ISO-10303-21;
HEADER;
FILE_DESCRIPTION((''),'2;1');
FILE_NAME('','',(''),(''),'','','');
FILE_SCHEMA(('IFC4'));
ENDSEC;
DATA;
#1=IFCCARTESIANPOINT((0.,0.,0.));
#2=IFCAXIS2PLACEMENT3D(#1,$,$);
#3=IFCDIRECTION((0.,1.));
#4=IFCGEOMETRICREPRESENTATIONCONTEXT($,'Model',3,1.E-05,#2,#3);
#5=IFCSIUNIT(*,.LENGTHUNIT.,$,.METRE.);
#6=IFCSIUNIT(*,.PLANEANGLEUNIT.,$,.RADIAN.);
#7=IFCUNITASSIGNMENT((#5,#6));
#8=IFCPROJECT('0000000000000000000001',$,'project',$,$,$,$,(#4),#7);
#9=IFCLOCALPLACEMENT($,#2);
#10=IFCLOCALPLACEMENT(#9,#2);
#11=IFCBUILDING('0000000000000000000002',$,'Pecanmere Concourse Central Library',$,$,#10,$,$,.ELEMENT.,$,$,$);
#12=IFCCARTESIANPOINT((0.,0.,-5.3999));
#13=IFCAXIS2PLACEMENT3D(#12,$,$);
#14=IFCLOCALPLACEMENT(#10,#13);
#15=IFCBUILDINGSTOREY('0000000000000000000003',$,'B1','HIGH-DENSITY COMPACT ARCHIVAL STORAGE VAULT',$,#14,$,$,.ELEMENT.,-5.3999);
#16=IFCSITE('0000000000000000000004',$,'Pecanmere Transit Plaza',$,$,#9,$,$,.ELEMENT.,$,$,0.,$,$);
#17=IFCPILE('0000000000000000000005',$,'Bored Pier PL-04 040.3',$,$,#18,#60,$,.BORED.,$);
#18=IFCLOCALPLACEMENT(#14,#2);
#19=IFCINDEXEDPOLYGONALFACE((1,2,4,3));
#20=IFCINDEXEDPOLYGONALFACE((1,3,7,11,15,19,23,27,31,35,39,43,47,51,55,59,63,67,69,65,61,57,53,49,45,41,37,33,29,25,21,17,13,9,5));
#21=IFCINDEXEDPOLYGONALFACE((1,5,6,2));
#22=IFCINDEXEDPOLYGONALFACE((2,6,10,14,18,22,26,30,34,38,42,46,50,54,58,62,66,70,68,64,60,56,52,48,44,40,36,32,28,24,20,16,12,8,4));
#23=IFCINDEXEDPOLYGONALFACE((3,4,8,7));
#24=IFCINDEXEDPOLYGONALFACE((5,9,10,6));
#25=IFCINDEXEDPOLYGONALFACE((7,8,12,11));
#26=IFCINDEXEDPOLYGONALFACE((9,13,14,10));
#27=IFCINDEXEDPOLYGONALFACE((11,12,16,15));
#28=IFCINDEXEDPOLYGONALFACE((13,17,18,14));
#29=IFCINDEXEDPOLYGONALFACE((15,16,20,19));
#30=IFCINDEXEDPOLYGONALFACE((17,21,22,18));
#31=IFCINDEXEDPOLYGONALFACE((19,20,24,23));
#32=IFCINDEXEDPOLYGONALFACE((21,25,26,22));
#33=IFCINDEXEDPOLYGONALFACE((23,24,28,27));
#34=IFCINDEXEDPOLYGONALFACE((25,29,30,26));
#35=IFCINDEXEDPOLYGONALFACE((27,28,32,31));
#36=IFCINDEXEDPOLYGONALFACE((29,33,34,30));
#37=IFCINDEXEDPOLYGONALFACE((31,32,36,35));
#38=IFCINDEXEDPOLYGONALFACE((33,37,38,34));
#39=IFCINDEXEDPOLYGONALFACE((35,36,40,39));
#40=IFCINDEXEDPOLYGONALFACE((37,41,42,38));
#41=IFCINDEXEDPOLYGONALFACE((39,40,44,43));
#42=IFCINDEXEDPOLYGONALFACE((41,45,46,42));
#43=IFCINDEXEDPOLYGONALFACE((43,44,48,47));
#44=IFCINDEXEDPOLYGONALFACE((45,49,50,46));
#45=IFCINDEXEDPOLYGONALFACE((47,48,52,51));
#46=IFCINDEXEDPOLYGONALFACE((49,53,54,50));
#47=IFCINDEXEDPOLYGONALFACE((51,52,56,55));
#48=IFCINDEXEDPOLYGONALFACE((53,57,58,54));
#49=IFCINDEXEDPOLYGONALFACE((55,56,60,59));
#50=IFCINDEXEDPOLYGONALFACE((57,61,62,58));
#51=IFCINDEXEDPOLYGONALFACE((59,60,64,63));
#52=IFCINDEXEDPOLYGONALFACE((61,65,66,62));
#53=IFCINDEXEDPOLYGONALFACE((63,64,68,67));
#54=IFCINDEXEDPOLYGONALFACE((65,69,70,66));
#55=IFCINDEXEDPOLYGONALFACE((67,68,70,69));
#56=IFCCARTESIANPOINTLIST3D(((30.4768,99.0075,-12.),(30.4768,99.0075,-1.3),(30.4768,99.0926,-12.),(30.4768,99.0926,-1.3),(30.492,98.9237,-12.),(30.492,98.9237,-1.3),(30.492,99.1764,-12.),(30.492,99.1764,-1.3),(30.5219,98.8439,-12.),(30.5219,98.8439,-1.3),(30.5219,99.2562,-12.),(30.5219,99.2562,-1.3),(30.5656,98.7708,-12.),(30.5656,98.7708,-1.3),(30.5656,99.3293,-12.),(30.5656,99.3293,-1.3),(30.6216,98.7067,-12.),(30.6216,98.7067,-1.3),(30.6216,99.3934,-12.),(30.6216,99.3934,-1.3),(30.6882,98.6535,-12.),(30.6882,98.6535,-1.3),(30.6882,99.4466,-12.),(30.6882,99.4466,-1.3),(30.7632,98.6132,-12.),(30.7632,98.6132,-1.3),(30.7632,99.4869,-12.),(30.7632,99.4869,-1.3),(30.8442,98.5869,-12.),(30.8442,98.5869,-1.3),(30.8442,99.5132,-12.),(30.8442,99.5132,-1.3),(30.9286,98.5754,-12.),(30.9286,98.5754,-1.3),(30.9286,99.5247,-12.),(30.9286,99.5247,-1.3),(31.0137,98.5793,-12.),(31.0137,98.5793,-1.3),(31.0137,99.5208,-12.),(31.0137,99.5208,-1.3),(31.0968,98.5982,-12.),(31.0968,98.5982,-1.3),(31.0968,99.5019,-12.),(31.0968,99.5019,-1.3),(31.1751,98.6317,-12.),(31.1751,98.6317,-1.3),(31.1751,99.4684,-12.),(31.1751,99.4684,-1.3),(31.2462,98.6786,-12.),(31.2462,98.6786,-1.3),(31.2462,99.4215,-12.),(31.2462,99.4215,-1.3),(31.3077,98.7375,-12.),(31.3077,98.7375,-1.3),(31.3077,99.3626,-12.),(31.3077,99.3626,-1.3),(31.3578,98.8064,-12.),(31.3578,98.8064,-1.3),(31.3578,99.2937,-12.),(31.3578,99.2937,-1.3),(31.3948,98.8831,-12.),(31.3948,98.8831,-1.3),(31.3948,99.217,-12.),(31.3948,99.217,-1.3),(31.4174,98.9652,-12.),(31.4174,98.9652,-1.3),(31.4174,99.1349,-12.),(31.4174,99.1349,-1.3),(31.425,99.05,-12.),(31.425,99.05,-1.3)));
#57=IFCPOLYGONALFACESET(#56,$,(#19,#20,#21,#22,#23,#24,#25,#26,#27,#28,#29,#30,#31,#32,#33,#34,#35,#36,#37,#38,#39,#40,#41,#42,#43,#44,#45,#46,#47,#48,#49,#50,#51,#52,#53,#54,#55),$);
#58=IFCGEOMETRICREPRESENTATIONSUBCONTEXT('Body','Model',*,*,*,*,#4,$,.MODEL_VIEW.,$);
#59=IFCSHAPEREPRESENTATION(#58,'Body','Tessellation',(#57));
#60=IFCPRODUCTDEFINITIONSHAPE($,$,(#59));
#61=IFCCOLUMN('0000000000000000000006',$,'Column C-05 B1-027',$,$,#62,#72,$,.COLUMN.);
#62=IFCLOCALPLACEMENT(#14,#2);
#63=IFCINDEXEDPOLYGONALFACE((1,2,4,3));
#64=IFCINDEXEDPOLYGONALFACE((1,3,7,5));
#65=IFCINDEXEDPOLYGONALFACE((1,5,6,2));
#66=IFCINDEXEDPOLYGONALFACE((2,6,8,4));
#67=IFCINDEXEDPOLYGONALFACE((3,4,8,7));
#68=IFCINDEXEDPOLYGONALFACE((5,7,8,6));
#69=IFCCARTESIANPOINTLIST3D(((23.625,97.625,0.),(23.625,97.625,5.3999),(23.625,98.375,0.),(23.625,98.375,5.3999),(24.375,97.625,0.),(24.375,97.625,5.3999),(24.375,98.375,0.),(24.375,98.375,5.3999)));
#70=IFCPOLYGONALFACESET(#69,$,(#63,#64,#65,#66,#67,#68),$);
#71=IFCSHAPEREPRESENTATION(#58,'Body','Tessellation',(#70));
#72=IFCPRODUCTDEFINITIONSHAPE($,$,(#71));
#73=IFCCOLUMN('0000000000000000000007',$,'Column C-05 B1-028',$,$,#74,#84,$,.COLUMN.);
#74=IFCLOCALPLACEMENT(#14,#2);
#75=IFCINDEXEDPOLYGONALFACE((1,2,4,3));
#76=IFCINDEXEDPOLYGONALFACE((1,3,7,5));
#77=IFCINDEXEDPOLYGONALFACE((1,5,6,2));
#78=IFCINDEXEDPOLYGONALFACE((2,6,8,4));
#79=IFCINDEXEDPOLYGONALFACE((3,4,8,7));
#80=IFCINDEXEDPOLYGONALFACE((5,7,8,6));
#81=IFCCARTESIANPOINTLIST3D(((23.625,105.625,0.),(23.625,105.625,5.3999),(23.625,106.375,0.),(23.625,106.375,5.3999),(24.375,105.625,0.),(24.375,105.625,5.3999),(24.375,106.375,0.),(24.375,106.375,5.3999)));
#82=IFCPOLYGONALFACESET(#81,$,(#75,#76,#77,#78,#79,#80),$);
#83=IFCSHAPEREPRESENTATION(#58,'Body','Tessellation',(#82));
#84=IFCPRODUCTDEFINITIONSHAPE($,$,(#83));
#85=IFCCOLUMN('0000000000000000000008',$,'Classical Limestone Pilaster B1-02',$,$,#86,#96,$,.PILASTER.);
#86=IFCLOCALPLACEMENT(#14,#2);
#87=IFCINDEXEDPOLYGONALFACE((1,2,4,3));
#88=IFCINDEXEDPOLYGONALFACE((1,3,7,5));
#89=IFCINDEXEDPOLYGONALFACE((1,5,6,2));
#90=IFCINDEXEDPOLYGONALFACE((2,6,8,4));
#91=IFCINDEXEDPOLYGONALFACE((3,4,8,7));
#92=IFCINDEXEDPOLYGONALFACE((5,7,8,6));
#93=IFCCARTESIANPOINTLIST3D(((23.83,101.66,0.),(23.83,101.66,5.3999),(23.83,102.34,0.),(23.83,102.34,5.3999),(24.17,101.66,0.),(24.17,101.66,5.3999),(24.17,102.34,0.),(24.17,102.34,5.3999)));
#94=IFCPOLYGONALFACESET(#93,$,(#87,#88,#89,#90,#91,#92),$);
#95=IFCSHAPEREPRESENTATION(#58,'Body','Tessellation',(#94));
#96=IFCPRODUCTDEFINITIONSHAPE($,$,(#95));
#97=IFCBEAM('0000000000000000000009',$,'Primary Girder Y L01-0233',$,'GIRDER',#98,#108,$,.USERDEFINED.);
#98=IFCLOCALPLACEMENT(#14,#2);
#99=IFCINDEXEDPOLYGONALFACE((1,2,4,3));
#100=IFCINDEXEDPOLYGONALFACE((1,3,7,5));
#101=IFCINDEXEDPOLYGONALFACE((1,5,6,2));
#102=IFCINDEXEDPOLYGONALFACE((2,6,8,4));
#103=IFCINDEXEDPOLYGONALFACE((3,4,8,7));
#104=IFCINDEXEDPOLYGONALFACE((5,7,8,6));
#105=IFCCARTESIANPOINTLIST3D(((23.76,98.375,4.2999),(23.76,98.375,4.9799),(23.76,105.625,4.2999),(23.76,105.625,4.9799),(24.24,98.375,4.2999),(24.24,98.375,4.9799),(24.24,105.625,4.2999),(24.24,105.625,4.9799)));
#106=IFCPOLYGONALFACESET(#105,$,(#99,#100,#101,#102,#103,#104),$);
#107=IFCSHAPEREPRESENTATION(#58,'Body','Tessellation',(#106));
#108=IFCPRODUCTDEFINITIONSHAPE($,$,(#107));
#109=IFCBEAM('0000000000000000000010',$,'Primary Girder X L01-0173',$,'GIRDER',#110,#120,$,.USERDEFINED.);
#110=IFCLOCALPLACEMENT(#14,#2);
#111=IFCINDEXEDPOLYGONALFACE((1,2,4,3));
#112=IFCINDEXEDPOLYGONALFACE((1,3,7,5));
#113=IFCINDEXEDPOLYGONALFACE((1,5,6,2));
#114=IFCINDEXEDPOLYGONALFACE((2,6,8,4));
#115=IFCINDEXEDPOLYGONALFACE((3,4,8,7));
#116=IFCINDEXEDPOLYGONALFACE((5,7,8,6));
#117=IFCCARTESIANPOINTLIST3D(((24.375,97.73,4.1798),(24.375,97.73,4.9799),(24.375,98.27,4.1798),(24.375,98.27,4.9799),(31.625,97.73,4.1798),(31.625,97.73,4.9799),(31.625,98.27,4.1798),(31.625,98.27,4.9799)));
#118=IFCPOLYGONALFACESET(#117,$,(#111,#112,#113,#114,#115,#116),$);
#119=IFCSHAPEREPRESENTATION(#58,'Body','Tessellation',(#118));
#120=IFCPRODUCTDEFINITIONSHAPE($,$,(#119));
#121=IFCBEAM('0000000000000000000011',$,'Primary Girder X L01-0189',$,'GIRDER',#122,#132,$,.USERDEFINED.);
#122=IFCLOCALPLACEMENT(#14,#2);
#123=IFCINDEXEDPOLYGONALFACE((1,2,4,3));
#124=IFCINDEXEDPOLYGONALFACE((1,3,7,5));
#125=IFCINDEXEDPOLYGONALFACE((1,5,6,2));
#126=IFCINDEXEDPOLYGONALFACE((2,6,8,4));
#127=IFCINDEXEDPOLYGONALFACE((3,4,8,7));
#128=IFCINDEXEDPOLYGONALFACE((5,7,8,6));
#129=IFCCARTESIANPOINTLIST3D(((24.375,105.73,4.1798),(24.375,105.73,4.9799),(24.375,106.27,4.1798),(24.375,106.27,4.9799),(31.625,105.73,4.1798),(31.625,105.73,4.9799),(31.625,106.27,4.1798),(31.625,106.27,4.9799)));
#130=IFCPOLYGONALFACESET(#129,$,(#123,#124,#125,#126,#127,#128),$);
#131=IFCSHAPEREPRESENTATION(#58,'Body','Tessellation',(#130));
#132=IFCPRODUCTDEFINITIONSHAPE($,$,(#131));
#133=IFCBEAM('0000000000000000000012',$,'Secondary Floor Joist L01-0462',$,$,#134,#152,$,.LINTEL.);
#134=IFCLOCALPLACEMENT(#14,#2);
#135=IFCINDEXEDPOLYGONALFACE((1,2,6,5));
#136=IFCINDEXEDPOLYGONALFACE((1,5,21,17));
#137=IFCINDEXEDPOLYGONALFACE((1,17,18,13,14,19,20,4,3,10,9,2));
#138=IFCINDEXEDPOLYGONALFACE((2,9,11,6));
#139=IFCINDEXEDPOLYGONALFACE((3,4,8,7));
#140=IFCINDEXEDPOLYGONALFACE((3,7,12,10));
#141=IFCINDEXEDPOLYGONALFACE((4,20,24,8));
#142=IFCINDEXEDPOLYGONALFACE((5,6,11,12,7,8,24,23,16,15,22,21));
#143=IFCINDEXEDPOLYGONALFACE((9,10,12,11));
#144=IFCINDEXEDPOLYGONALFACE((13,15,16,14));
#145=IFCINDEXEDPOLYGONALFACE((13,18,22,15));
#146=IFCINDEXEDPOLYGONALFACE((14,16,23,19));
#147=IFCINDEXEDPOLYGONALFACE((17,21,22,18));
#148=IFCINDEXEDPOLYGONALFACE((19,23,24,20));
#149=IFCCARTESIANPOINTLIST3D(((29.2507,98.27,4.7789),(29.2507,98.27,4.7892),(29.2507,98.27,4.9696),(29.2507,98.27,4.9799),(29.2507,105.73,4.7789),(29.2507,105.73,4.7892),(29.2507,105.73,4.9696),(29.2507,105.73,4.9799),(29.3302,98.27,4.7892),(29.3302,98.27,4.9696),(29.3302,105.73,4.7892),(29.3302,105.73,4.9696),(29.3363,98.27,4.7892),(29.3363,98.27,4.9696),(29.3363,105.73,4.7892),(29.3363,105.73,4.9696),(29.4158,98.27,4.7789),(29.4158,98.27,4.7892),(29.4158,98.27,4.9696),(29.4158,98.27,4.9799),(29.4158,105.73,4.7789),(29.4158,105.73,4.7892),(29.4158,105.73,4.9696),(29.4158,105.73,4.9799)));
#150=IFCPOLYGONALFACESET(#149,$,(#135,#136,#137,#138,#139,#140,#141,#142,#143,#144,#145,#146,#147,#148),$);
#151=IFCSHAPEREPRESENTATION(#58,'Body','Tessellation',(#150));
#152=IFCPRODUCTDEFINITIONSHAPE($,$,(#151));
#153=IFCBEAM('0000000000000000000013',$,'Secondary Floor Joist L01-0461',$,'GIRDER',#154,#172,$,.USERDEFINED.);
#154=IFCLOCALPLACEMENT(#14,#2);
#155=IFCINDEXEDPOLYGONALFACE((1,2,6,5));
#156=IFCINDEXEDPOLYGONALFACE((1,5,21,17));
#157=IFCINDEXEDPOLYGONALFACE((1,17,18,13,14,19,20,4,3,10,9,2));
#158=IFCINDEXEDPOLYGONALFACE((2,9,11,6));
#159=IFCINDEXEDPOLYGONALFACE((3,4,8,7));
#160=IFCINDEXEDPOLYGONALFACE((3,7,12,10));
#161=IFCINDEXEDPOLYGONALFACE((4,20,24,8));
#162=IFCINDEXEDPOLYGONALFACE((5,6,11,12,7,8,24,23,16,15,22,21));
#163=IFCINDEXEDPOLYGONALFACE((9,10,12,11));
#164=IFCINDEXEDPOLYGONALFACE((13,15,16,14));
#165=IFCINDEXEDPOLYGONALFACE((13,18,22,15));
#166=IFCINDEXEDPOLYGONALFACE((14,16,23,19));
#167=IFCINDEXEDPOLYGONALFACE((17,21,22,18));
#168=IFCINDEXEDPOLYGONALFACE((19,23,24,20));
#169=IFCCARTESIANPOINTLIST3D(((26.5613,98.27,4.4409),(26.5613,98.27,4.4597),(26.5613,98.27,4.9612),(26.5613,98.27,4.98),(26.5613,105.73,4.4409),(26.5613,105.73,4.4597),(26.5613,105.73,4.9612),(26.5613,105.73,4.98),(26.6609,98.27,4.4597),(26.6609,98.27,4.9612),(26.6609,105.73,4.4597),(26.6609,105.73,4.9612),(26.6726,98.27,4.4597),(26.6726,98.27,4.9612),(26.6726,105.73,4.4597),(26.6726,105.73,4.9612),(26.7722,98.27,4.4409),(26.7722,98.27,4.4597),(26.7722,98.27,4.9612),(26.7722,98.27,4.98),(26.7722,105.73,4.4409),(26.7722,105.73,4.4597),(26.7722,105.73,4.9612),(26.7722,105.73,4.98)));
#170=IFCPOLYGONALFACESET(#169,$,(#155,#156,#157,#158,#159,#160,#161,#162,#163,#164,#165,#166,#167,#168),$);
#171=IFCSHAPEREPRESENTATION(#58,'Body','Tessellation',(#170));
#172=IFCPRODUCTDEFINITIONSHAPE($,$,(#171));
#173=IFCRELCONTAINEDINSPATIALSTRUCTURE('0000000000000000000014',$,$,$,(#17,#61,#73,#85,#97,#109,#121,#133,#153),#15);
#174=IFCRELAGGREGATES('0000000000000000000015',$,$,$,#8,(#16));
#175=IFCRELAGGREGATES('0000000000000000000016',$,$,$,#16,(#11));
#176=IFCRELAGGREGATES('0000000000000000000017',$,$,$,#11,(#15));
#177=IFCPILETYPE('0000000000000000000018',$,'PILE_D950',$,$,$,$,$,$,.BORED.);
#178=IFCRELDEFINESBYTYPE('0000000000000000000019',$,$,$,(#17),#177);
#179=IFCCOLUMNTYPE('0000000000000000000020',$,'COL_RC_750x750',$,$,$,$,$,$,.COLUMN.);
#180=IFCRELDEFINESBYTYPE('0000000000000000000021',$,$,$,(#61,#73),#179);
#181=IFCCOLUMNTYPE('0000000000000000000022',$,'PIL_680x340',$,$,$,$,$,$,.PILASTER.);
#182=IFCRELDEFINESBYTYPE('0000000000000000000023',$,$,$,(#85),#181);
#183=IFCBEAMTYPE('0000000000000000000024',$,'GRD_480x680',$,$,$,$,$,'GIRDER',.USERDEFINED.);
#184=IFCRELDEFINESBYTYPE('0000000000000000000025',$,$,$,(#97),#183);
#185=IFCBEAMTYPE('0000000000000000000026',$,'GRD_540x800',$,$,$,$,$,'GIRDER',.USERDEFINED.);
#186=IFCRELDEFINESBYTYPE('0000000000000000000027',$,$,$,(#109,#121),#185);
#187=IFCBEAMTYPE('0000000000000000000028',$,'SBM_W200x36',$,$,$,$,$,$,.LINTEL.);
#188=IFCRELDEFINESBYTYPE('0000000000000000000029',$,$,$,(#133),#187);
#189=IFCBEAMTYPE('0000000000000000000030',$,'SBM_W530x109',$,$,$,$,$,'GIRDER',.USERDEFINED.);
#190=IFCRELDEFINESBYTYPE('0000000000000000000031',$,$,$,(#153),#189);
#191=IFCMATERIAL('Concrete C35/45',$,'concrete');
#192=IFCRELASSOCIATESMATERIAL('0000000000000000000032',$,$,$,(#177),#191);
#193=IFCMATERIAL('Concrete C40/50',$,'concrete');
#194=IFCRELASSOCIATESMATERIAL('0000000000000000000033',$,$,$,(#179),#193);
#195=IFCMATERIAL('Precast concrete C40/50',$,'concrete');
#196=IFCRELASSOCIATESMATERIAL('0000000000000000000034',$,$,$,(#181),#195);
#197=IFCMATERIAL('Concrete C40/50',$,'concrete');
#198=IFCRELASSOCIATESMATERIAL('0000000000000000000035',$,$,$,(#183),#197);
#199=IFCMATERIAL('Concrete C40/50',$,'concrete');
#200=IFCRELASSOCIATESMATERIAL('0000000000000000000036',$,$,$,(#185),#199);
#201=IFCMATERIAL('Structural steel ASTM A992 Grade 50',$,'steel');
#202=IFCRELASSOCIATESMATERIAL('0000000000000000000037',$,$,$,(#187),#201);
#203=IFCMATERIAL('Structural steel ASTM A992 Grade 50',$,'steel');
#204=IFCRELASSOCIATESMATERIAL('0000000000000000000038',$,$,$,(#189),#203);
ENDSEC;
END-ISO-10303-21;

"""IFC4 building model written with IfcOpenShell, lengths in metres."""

from ifc_helpers import new_model, si_unit, direction, frame, origin, origin_2d, place, context, subcontext, project, spatial, rectangle, circle, i_section, extrude, material, material_profile, profile_set, type_object, element, save


model = new_model("IFC4")

# Units and contexts
model_context = context("Model", 3, precision=1e-05, world=origin(), true_north=direction((0.0, 1.0)))
body_context = subcontext(model_context, "Body", "Model", "MODEL_VIEW")
ifc_project = project(units=[si_unit("LENGTHUNIT", "METRE"), si_unit("PLANEANGLEUNIT", "RADIAN")], contexts=[model_context])

# Site, building, storey
site_placement = place(None, origin())
site = spatial("IfcSite", under=ifc_project, at=site_placement, Name="Pecanmere Transit Plaza", CompositionType="ELEMENT", RefElevation=0.0)
building_placement = place(site_placement, origin())
building = spatial("IfcBuilding", under=site, at=building_placement, Name="Pecanmere Concourse Central Library", CompositionType="ELEMENT")
storey_placement = place(building_placement, frame((0.0, 0.0, -5.3999)))
storey = spatial("IfcBuildingStorey", under=building, at=storey_placement, Name="B1", Description="HIGH-DENSITY COMPACT ARCHIVAL STORAGE VAULT", CompositionType="ELEMENT", Elevation=-5.3999)

# Pile
ifc_material_1 = material(Name="Concrete C35/45", Category="concrete")
ifc_material_profile_1 = material_profile(ifc_material_1, circle(Radius=0.4751, at=origin_2d()), Name="PIER D950")
ifc_profile_set_1 = profile_set([ifc_material_profile_1], Name="Concrete C35/45")
pile_type = type_object("IfcPileType", Name="PILE_D950", PredefinedType="BORED", material=ifc_profile_set_1)
for number, where, z_axis, x_axis, name in (
    (1, (30.95, 99.05, -1.3), (0.0, 0.0, -1.0), (1.0, 0.0, 0.0), "Bored Pier PL-04 040.3"),
):
    element("IfcPile", number, at=place(storey_placement, frame(where, z_axis=z_axis, x_axis=x_axis)), inside=storey, type_object=pile_type, Name=name, PredefinedType="BORED", context=body_context, shape_type="SweptSolid", body=[
        extrude(circle(Radius=0.4751, at=origin_2d()), origin(), (0.0, 0.0, 1.0), 10.7),
    ])

# Columns
ifc_material_2 = material(Name="Concrete C40/50", Category="concrete")
ifc_material_profile_2 = material_profile(ifc_material_2, rectangle(XDim=0.75, YDim=0.75, at=origin_2d()), Name="RC 750x750")
ifc_profile_set_2 = profile_set([ifc_material_profile_2], Name="Concrete C40/50")
column_type_1 = type_object("IfcColumnType", Name="COL_RC_750x750", PredefinedType="COLUMN", material=ifc_profile_set_2)
for number, where, z_axis, x_axis, name in (
    (2, (24.0, 98.0, 0.0), (0.0, 0.0, 1.0), (1.0, 0.0, 0.0), "Column C-05 B1-027"),
    (3, (24.0, 106.0, 0.0), (0.0, 0.0, 1.0), (1.0, 0.0, 0.0), "Column C-05 B1-028"),
):
    element("IfcColumn", number, at=place(storey_placement, frame(where, z_axis=z_axis, x_axis=x_axis)), inside=storey, type_object=column_type_1, Name=name, PredefinedType="COLUMN", context=body_context, shape_type="SweptSolid", body=[
        extrude(rectangle(XDim=0.75, YDim=0.75, at=origin_2d()), origin(), (0.0, 0.0, 1.0), 5.3999),
    ])
ifc_material_3 = material(Name="Precast concrete C40/50", Category="concrete")
ifc_material_profile_3 = material_profile(ifc_material_3, rectangle(XDim=0.6799, YDim=0.3401, at=origin_2d()), Name="RC 680x340")
ifc_profile_set_3 = profile_set([ifc_material_profile_3], Name="Precast concrete C40/50")
column_type_2 = type_object("IfcColumnType", Name="PIL_680x340", PredefinedType="PILASTER", material=ifc_profile_set_3)
column_placement = place(storey_placement, frame((24.0, 102.0, 0.0), z_axis=(0.0, 0.0, 1.0), x_axis=(0.0, 1.0, 0.0)))
element("IfcColumn", 4, at=column_placement, inside=storey, type_object=column_type_2, Name="Classical Limestone Pilaster B1-02", PredefinedType="PILASTER", context=body_context, shape_type="SweptSolid", body=[
    extrude(rectangle(XDim=0.6799, YDim=0.3401, at=origin_2d()), origin(), (0.0, 0.0, 1.0), 5.3999),
])

# Beams
ifc_material_4 = material(Name="Concrete C40/50", Category="concrete")
ifc_material_profile_4 = material_profile(ifc_material_4, rectangle(XDim=0.48, YDim=0.6799, at=origin_2d()), Name="RC 480x680")
ifc_profile_set_4 = profile_set([ifc_material_profile_4], Name="Concrete C40/50")
beam_type_1 = type_object("IfcBeamType", Name="GRD_480x680", ElementType="GIRDER", PredefinedType="USERDEFINED", material=ifc_profile_set_4)
beam_1_placement = place(storey_placement, frame((24.0, 98.375, 4.6399), z_axis=(0.0, 1.0, 0.0), x_axis=(-1.0, 0.0, 0.0)))
element("IfcBeam", 5, at=beam_1_placement, inside=storey, type_object=beam_type_1, Name="Primary Girder Y L01-0233", ObjectType="GIRDER", PredefinedType="USERDEFINED", context=body_context, shape_type="SweptSolid", body=[
    extrude(rectangle(XDim=0.48, YDim=0.6799, at=origin_2d()), origin(), (0.0, 0.0, 1.0), 7.25),
])
ifc_material_5 = material(Name="Concrete C40/50", Category="concrete")
ifc_material_profile_5 = material_profile(ifc_material_5, rectangle(XDim=0.54, YDim=0.8, at=origin_2d()), Name="RC 540x800")
ifc_profile_set_5 = profile_set([ifc_material_profile_5], Name="Concrete C40/50")
beam_type_2 = type_object("IfcBeamType", Name="GRD_540x800", ElementType="GIRDER", PredefinedType="USERDEFINED", material=ifc_profile_set_5)
for number, where, z_axis, x_axis, name in (
    (6, (24.375, 98.0, 4.5798), (1.0, 0.0, 0.0), (0.0, 1.0, 0.0), "Primary Girder X L01-0173"),
    (7, (24.375, 106.0, 4.5798), (1.0, 0.0, 0.0), (0.0, 1.0, 0.0), "Primary Girder X L01-0189"),
):
    element("IfcBeam", number, at=place(storey_placement, frame(where, z_axis=z_axis, x_axis=x_axis)), inside=storey, type_object=beam_type_2, Name=name, ObjectType="GIRDER", PredefinedType="USERDEFINED", context=body_context, shape_type="SweptSolid", body=[
        extrude(rectangle(XDim=0.54, YDim=0.8, at=origin_2d()), origin(), (0.0, 0.0, 1.0), 7.25),
    ])
ifc_material_6 = material(Name="Structural steel ASTM A992 Grade 50", Category="steel")
ifc_material_profile_6 = material_profile(ifc_material_6, i_section(OverallWidth=0.165, OverallDepth=0.2009, WebThickness=0.0061, FlangeThickness=0.0103, at=origin_2d()), Name="W200x35.9")
ifc_profile_set_6 = profile_set([ifc_material_profile_6], Name="Structural steel ASTM A992 Grade 50")
beam_type_3 = type_object("IfcBeamType", Name="SBM_W200x36", PredefinedType="LINTEL", material=ifc_profile_set_6)
beam_2_placement = place(storey_placement, frame((29.3333, 98.27, 4.8794), z_axis=(0.0, 1.0, 0.0), x_axis=(-1.0, 0.0, 0.0)))
element("IfcBeam", 8, at=beam_2_placement, inside=storey, type_object=beam_type_3, Name="Secondary Floor Joist L01-0462", PredefinedType="LINTEL", context=body_context, shape_type="SweptSolid", body=[
    extrude(i_section(OverallWidth=0.165, OverallDepth=0.2009, WebThickness=0.0061, FlangeThickness=0.0103, at=origin_2d()), origin(), (0.0, 0.0, 1.0), 7.46),
])
ifc_material_7 = material(Name="Structural steel ASTM A992 Grade 50", Category="steel")
ifc_material_profile_7 = material_profile(ifc_material_7, i_section(OverallWidth=0.2109, OverallDepth=0.5391, WebThickness=0.0117, FlangeThickness=0.0188, at=origin_2d()), Name="W530x109")
ifc_profile_set_7 = profile_set([ifc_material_profile_7], Name="Structural steel ASTM A992 Grade 50")
beam_type_4 = type_object("IfcBeamType", Name="SBM_W530x109", ElementType="GIRDER", PredefinedType="USERDEFINED", material=ifc_profile_set_7)
beam_3_placement = place(storey_placement, frame((26.6667, 98.27, 4.7104), z_axis=(0.0, 1.0, 0.0), x_axis=(-1.0, 0.0, 0.0)))
element("IfcBeam", 9, at=beam_3_placement, inside=storey, type_object=beam_type_4, Name="Secondary Floor Joist L01-0461", ObjectType="GIRDER", PredefinedType="USERDEFINED", context=body_context, shape_type="SweptSolid", body=[
    extrude(i_section(OverallWidth=0.2109, OverallDepth=0.5391, WebThickness=0.0117, FlangeThickness=0.0188, at=origin_2d()), origin(), (0.0, 0.0, 1.0), 7.46),
])

save(model, "model.ifc")
